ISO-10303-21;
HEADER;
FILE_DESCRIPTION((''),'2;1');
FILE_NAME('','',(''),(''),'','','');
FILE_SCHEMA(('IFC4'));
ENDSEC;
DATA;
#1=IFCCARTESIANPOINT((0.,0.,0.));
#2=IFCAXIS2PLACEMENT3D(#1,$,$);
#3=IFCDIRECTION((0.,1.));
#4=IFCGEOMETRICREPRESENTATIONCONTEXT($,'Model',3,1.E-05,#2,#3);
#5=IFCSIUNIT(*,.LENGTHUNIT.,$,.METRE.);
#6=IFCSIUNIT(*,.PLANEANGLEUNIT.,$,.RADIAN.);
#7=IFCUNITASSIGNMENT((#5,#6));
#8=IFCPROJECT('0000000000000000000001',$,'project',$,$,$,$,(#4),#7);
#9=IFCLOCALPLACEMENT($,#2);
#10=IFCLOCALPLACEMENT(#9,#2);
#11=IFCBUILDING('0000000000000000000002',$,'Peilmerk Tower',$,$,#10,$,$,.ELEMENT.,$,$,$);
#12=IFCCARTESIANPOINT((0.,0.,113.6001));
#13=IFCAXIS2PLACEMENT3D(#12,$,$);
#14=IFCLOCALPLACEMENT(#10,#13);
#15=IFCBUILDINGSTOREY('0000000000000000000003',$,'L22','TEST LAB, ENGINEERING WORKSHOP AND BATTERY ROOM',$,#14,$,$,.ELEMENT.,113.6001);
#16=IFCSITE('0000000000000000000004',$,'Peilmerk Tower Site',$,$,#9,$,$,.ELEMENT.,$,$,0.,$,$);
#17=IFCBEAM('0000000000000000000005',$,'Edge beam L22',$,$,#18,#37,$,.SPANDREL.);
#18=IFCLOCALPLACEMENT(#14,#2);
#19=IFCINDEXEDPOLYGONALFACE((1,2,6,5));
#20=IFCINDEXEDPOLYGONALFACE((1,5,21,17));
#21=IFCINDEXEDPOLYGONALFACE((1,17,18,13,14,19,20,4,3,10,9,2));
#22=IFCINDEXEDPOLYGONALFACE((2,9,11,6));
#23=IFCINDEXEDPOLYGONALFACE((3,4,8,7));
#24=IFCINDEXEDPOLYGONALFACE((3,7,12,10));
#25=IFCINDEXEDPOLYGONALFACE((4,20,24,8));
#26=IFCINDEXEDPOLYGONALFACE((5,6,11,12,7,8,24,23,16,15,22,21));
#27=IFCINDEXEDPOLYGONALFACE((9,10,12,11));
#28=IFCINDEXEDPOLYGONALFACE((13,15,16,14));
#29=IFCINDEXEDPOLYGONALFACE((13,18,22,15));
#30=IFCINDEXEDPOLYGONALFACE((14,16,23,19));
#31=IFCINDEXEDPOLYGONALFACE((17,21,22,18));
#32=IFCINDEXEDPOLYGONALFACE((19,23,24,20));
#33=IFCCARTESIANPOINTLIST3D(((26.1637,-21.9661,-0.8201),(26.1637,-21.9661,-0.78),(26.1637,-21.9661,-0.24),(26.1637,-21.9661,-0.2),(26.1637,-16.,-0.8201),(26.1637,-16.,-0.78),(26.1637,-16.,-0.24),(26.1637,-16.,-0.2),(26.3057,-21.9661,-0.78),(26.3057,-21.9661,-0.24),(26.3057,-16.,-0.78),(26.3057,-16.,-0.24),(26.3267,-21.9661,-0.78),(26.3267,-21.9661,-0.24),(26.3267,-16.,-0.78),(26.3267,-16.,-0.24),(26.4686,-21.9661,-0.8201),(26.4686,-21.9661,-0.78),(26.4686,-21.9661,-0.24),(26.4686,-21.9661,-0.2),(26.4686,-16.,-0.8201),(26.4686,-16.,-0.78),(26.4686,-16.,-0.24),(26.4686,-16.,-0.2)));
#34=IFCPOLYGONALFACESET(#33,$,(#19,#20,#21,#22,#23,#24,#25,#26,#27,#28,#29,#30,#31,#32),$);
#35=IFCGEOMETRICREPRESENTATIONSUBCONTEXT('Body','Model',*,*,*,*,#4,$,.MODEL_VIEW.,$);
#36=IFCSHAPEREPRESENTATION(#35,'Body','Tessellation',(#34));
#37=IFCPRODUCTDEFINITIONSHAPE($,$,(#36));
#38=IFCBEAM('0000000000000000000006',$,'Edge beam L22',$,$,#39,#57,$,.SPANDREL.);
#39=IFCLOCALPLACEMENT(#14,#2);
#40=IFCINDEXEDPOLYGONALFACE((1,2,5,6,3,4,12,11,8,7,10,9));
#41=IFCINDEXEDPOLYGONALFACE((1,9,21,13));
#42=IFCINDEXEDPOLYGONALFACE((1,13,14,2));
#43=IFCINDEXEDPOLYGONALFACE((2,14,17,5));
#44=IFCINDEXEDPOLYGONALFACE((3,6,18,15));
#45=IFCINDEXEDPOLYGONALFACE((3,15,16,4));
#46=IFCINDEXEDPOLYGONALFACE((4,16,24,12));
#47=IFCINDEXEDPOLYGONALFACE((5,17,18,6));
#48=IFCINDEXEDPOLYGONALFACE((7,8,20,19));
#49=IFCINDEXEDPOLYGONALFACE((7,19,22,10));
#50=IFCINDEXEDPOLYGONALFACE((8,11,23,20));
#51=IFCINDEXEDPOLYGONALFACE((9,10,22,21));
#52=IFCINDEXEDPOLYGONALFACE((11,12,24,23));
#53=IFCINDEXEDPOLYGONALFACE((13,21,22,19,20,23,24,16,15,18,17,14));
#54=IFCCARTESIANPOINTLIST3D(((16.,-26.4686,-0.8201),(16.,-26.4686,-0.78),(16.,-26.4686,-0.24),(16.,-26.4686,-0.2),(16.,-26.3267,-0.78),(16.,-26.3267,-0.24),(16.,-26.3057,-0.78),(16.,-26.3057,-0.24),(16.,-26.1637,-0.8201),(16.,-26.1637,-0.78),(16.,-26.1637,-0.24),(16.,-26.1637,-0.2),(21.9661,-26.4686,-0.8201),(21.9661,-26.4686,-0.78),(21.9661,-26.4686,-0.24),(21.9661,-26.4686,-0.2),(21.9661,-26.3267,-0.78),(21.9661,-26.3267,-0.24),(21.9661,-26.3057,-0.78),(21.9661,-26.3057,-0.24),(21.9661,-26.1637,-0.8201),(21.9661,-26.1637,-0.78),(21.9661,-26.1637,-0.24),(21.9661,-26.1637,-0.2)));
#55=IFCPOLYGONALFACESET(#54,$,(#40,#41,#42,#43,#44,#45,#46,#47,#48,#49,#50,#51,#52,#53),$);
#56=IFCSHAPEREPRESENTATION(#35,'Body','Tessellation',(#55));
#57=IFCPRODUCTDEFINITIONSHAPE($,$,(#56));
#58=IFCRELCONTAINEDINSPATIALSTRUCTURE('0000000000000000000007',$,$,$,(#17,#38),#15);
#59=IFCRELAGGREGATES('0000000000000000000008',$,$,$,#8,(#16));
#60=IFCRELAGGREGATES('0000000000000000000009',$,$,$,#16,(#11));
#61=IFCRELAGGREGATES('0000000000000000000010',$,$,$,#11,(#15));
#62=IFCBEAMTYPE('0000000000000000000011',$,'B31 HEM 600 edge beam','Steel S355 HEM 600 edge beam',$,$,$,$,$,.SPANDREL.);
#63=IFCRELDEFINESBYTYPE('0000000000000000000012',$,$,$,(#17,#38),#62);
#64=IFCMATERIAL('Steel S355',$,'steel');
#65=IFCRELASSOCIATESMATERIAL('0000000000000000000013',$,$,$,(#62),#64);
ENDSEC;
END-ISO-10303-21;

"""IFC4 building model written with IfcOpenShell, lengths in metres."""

from ifc_helpers import new_model, si_unit, direction, frame, origin, origin_2d, place, context, subcontext, project, spatial, i_section, extrude, material, material_profile, profile_set, type_object, element, save


model = new_model("IFC4")

# Units and contexts
model_context = context("Model", 3, precision=1e-05, world=origin(), true_north=direction((0.0, 1.0)))
body_context = subcontext(model_context, "Body", "Model", "MODEL_VIEW")
ifc_project = project(units=[si_unit("LENGTHUNIT", "METRE"), si_unit("PLANEANGLEUNIT", "RADIAN")], contexts=[model_context])

# Site, building, storey
site_placement = place(None, origin())
site = spatial("IfcSite", under=ifc_project, at=site_placement, Name="Peilmerk Tower Site", CompositionType="ELEMENT", RefElevation=0.0)
building_placement = place(site_placement, origin())
building = spatial("IfcBuilding", under=site, at=building_placement, Name="Peilmerk Tower", CompositionType="ELEMENT")
storey_placement = place(building_placement, frame((0.0, 0.0, 113.6001)))
storey = spatial("IfcBuildingStorey", under=building, at=storey_placement, Name="L22", Description="TEST LAB, ENGINEERING WORKSHOP AND BATTERY ROOM", CompositionType="ELEMENT", Elevation=113.6001)

# Beams
ifc_material_1 = material(Name="Steel S355", Category="steel")
ifc_material_profile_1 = material_profile(ifc_material_1, i_section(OverallWidth=0.3049, OverallDepth=0.6201, WebThickness=0.021, FlangeThickness=0.04, at=origin_2d()), Name="HEM 600")
ifc_profile_set_1 = profile_set([ifc_material_profile_1], Name="Steel S355")
beam_type_1 = type_object("IfcBeamType", Name="B31 HEM 600 edge beam", Description="Steel S355 HEM 600 edge beam", PredefinedType="SPANDREL", material=ifc_profile_set_1)
for number, where, z_axis, x_axis, name in (
    (1, (26.3162, -21.9661, -0.51), (0.0, 1.0, 0.0), (-1.0, 0.0, 0.0), "Edge beam L22"),
    (2, (16.0, -26.3162, -0.51), (1.0, 0.0, 0.0), (0.0, 1.0, 0.0), "Edge beam L22"),
):
    element("IfcBeam", number, at=place(storey_placement, frame(where, z_axis=z_axis, x_axis=x_axis)), inside=storey, type_object=beam_type_1, Name=name, PredefinedType="SPANDREL", context=body_context, shape_type="SweptSolid", body=[
        extrude(i_section(OverallWidth=0.3049, OverallDepth=0.6201, WebThickness=0.021, FlangeThickness=0.04, at=origin_2d()), origin(), (0.0, 0.0, 1.0), 5.9661),
    ])

save(model, "model.ifc")
